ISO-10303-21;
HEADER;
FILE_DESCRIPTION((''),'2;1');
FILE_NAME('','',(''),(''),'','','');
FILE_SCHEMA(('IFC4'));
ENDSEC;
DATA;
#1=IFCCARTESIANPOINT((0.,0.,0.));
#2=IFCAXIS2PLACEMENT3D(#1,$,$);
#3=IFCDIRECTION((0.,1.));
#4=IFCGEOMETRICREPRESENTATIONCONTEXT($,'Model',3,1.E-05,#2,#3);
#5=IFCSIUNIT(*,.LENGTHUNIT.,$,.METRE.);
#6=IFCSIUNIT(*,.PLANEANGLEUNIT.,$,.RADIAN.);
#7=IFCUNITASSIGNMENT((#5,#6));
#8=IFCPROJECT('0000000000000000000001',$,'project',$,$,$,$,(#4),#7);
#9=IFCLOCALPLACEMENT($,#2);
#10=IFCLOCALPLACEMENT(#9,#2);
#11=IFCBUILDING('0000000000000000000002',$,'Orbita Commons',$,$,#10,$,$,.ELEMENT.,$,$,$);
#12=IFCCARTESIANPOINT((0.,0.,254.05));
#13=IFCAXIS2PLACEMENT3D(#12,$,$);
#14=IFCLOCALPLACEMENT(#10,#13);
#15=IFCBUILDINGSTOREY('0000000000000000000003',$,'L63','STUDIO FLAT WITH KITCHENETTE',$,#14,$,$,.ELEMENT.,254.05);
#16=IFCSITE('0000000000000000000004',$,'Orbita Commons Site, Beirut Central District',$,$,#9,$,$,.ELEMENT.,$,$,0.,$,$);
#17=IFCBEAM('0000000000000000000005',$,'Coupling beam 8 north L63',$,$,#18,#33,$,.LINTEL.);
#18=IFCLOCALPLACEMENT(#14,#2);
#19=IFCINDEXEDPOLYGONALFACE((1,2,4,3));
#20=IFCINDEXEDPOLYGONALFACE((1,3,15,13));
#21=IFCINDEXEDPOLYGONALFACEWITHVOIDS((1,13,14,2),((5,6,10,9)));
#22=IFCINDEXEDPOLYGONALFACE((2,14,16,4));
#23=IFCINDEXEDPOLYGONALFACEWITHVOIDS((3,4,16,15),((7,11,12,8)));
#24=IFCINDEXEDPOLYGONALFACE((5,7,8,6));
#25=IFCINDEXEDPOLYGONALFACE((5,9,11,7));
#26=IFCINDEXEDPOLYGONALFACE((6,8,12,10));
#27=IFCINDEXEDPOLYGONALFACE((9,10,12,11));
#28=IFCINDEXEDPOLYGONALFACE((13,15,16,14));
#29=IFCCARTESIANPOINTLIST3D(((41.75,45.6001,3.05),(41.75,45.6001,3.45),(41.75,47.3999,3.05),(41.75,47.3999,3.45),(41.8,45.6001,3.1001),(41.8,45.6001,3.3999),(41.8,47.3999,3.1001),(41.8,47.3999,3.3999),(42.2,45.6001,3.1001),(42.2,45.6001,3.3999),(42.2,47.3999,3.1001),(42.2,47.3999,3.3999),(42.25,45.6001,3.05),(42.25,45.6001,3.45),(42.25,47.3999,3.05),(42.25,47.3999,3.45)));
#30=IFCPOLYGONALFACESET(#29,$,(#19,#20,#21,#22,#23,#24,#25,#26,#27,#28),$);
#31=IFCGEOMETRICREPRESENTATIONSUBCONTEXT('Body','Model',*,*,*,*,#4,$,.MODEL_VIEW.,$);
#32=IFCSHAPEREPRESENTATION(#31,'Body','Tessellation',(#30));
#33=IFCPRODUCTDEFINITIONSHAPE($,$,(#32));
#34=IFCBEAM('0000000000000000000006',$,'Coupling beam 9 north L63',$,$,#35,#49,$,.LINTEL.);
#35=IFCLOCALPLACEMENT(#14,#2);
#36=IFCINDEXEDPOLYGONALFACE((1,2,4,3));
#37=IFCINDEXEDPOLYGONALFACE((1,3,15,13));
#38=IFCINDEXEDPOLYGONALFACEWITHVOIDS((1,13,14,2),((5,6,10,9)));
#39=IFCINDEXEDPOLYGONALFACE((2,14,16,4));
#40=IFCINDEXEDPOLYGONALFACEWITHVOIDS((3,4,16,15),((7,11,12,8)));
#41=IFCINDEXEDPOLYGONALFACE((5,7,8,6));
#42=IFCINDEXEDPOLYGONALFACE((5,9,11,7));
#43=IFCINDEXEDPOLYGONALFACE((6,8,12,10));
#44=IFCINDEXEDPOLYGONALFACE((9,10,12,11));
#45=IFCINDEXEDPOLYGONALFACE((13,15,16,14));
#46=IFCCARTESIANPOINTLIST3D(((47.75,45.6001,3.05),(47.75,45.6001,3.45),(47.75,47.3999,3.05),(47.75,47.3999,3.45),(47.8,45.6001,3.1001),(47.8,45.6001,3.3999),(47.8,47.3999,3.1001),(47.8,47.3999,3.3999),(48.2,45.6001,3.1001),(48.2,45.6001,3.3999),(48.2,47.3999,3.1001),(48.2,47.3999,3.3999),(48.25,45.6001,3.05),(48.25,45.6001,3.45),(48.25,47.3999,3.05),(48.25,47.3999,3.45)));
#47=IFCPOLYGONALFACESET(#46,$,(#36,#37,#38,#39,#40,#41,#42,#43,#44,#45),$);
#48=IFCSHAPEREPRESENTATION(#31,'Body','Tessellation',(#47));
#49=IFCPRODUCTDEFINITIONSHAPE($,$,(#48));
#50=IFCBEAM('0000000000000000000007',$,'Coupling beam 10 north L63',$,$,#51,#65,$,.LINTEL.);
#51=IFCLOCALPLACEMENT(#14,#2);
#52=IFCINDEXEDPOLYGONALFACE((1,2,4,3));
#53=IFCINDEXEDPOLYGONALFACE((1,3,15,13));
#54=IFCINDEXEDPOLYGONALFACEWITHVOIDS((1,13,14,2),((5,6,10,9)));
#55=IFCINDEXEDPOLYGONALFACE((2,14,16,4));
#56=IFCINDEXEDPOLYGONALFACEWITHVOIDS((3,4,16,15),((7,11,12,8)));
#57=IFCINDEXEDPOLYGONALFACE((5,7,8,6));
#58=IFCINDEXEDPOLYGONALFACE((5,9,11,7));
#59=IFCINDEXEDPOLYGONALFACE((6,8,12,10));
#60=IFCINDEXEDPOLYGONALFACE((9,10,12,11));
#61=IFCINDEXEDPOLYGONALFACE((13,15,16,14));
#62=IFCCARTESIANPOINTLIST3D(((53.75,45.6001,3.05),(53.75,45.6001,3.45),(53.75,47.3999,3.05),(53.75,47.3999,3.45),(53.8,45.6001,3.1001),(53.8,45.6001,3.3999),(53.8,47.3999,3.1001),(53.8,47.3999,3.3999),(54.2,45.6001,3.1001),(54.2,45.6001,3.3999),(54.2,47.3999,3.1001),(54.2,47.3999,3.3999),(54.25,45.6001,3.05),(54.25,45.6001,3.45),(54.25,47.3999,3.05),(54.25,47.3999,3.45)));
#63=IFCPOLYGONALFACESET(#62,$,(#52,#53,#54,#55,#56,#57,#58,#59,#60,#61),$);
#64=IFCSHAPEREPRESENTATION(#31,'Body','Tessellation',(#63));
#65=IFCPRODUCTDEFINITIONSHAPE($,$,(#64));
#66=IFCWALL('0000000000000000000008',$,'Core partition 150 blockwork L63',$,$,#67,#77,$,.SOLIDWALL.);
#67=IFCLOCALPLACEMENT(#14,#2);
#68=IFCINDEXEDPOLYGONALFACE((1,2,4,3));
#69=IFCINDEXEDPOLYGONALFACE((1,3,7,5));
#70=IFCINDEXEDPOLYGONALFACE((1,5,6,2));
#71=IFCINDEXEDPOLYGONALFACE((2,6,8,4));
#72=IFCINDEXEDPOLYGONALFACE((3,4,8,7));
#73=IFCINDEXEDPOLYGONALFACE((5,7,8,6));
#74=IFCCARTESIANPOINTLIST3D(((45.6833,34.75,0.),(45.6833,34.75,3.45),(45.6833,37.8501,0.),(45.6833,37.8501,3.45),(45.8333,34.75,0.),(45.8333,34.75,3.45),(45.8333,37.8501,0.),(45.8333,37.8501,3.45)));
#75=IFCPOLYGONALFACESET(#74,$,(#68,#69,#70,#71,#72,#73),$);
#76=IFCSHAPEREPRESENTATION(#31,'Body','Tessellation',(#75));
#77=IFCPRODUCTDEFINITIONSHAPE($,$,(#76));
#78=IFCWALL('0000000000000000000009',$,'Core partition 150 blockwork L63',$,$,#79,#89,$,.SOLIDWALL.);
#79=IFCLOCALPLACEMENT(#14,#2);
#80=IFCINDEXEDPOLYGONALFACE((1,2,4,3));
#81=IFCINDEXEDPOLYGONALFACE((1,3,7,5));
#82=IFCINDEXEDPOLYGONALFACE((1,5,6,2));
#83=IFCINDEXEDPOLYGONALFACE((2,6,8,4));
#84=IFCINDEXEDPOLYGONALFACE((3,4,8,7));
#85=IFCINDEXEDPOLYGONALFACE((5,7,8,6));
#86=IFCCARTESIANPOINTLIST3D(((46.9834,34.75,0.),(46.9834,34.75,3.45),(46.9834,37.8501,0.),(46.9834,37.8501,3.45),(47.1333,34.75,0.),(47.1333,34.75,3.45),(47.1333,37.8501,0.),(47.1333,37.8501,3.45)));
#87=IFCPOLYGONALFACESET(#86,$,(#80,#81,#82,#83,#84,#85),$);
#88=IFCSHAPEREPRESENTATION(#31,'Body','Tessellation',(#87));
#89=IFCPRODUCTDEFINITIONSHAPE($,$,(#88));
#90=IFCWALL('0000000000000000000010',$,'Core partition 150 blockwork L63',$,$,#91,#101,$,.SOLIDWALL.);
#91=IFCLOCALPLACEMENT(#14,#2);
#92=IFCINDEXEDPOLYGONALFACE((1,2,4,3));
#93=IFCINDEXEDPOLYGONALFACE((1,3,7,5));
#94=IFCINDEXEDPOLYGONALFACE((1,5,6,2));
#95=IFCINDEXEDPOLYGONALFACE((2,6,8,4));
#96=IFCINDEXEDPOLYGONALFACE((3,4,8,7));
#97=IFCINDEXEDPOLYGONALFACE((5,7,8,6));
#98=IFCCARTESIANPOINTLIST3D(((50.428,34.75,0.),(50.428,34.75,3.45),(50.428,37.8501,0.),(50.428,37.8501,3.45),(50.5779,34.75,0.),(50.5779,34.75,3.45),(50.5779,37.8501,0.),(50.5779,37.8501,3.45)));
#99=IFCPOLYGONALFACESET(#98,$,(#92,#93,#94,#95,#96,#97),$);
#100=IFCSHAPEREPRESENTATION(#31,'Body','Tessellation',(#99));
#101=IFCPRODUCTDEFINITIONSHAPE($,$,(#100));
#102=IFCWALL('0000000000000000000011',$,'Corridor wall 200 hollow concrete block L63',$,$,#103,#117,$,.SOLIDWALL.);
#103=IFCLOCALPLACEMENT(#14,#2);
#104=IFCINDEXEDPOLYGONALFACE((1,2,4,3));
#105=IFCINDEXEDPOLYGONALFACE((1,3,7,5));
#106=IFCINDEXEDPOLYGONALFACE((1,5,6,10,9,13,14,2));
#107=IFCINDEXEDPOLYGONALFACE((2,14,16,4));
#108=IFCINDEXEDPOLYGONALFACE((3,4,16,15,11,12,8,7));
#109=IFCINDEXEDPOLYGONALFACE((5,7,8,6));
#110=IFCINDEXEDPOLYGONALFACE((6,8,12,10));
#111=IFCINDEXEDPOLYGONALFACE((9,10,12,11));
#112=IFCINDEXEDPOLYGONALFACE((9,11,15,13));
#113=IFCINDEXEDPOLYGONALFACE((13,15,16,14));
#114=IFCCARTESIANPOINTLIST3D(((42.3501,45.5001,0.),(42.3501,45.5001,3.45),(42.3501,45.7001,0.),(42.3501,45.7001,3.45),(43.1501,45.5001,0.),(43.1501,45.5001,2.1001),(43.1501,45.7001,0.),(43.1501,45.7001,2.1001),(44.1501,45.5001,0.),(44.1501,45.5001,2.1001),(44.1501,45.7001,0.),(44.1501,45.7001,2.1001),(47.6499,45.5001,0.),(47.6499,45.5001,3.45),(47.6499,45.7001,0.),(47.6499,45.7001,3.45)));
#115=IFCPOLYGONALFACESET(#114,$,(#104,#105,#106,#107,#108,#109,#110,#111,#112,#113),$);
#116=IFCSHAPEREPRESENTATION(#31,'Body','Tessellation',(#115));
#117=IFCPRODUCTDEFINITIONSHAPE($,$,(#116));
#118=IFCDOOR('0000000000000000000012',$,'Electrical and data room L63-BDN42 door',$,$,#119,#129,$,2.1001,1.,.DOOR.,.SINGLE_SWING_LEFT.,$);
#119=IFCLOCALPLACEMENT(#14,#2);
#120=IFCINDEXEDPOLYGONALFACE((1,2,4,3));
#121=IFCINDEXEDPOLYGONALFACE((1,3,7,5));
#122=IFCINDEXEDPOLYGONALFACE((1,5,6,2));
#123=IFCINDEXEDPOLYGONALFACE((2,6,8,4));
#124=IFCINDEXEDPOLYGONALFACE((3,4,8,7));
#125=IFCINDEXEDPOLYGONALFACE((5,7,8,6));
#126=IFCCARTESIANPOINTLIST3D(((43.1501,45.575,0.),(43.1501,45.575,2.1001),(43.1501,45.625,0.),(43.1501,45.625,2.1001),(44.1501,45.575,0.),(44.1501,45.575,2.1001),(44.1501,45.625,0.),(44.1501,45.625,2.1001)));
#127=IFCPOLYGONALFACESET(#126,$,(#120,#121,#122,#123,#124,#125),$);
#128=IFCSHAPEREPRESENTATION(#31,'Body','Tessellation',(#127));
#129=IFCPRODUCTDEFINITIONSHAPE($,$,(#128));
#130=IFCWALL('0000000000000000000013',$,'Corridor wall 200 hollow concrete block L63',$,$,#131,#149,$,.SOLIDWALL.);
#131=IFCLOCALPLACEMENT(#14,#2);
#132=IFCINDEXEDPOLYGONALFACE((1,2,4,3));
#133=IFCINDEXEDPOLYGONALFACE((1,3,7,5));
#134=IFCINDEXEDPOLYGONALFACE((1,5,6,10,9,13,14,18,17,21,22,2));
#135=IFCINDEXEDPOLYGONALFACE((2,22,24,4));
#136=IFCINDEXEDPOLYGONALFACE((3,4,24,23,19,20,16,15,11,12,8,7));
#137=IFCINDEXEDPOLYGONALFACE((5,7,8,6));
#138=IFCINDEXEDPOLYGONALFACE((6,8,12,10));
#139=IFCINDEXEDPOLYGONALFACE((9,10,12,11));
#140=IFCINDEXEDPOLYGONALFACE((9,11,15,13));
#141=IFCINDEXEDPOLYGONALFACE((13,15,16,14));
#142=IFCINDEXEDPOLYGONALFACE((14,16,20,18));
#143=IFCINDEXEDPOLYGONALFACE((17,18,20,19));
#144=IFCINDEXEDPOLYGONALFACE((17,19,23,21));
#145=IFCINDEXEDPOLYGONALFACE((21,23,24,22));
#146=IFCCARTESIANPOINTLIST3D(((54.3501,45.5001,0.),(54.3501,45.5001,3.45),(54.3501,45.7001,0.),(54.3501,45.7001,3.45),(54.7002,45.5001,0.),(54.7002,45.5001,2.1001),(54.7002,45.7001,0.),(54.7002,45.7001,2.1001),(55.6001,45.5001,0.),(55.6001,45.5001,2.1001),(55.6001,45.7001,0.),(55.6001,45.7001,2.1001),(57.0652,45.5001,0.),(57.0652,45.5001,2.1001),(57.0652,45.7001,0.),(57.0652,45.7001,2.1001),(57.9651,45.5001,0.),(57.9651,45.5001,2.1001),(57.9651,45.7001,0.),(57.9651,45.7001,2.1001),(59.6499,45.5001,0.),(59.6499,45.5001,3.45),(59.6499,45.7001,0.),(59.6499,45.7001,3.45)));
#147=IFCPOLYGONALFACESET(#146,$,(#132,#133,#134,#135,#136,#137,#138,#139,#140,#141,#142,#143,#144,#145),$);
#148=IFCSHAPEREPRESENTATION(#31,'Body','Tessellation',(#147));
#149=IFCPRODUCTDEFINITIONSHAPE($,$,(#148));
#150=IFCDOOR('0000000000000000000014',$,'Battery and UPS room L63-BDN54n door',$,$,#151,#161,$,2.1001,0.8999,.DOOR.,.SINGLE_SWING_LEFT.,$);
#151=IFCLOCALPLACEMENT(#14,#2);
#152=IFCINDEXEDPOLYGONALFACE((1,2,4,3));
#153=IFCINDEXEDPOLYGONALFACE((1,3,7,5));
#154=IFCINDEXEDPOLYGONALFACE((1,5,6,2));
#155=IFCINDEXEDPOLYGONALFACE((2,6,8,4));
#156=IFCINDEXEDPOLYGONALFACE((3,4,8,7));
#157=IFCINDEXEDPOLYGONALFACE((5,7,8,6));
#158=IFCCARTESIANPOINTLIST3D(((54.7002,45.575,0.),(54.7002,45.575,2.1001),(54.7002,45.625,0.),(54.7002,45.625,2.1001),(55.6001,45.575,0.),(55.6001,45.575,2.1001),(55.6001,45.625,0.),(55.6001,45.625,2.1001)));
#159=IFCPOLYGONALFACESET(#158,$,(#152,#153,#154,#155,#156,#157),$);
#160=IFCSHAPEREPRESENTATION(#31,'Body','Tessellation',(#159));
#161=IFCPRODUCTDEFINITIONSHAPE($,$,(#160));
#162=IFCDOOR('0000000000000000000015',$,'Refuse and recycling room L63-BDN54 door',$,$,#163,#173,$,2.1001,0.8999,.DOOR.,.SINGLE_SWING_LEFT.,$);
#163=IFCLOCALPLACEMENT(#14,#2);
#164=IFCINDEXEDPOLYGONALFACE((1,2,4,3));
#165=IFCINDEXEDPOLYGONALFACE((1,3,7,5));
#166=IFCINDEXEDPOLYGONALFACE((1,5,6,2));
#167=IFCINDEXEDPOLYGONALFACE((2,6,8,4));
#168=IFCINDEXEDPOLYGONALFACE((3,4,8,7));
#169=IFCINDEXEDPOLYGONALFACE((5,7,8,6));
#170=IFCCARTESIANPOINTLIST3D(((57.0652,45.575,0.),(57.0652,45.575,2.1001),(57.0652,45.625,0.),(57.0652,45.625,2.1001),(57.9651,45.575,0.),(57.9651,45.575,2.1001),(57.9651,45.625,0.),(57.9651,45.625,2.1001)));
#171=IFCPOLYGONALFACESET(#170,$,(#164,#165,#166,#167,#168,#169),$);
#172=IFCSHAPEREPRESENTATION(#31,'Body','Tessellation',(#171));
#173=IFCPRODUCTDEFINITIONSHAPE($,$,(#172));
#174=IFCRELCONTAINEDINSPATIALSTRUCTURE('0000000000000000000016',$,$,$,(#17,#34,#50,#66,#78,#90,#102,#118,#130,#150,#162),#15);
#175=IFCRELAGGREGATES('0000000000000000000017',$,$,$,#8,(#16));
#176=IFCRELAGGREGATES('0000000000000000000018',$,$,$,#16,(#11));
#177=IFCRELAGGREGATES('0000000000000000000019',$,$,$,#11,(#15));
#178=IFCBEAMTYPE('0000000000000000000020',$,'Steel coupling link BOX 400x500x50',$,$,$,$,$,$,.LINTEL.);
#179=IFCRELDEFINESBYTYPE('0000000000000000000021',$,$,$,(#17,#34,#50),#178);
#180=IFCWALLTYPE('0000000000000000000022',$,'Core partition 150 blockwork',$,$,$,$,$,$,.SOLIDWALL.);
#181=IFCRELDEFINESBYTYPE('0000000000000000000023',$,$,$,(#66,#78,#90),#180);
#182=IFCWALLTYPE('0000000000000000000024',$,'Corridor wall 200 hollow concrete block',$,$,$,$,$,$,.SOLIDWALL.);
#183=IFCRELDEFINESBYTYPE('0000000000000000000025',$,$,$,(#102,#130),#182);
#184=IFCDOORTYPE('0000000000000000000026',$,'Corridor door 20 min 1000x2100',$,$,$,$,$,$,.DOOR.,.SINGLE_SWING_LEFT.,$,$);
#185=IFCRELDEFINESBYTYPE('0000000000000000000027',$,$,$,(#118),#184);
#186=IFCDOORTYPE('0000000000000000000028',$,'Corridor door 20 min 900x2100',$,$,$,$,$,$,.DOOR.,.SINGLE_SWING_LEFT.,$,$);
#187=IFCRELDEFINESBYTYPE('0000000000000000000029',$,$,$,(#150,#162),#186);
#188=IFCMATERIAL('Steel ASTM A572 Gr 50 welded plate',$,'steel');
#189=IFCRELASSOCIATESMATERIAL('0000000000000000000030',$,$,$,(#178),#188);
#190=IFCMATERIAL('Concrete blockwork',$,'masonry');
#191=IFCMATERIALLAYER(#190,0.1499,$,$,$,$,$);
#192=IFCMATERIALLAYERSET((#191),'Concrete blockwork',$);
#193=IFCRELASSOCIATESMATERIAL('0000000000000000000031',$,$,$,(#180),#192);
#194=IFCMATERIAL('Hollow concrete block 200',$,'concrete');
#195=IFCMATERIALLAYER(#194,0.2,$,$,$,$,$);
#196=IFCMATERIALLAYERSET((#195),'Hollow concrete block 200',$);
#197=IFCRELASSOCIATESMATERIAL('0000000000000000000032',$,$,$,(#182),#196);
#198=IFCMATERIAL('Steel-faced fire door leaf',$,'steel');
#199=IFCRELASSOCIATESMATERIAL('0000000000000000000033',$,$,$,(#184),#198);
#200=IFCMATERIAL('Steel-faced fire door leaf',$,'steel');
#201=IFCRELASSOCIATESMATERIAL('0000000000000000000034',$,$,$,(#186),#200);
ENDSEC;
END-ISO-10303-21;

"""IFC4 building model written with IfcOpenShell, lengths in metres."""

from ifc_helpers import new_model, si_unit, direction, frame, frame_2d, origin, origin_2d, place, context, subcontext, project, spatial, rectangle, hollow_rectangle, extrude, material, layer, layer_set, material_profile, profile_set, type_object, element, fill, save


model = new_model("IFC4")

# Units and contexts
model_context = context("Model", 3, precision=1e-05, world=origin(), true_north=direction((0.0, 1.0)))
body_context = subcontext(model_context, "Body", "Model", "MODEL_VIEW")
ifc_project = project(units=[si_unit("LENGTHUNIT", "METRE"), si_unit("PLANEANGLEUNIT", "RADIAN")], contexts=[model_context])

# Site, building, storey
site_placement = place(None, origin())
site = spatial("IfcSite", under=ifc_project, at=site_placement, Name="Orbita Commons Site, Beirut Central District", CompositionType="ELEMENT", RefElevation=0.0)
building_placement = place(site_placement, origin())
building = spatial("IfcBuilding", under=site, at=building_placement, Name="Orbita Commons", CompositionType="ELEMENT")
storey_placement = place(building_placement, frame((0.0, 0.0, 254.05)))
storey = spatial("IfcBuildingStorey", under=building, at=storey_placement, Name="L63", Description="STUDIO FLAT WITH KITCHENETTE", CompositionType="ELEMENT", Elevation=254.05)

# Beams
ifc_material_1 = material(Name="Steel ASTM A572 Gr 50 welded plate", Category="steel")
ifc_material_profile = material_profile(ifc_material_1, hollow_rectangle(XDim=0.5, YDim=0.3999, WallThickness=0.05, at=origin_2d()), Name="BOX 400x500x50")
ifc_profile_set = profile_set([ifc_material_profile], Name="Steel ASTM A572 Gr 50 welded plate")
beam_type = type_object("IfcBeamType", Name="Steel coupling link BOX 400x500x50", PredefinedType="LINTEL", material=ifc_profile_set)
for number, where, z_axis, x_axis, name in (
    (1, (42.0, 45.6001, 3.25), (0.0, 1.0, 0.0), (-1.0, 0.0, 0.0), "Coupling beam 8 north L63"),
    (2, (48.0, 45.6001, 3.25), (0.0, 1.0, 0.0), (-1.0, 0.0, 0.0), "Coupling beam 9 north L63"),
    (3, (54.0, 45.6001, 3.25), (0.0, 1.0, 0.0), (-1.0, 0.0, 0.0), "Coupling beam 10 north L63"),
):
    element("IfcBeam", number, at=place(storey_placement, frame(where, z_axis=z_axis, x_axis=x_axis)), inside=storey, type_object=beam_type, Name=name, PredefinedType="LINTEL", context=body_context, shape_type="SweptSolid", body=[
        extrude(hollow_rectangle(XDim=0.5, YDim=0.3999, WallThickness=0.05, at=origin_2d()), origin(), (0.0, 0.0, 1.0), 1.7998),
    ])

# Walls
ifc_material_2 = material(Name="Concrete blockwork", Category="masonry")
ifc_layer_1 = layer(ifc_material_2, 0.1499)
ifc_layer_set_1 = layer_set([ifc_layer_1], Name="Concrete blockwork")
wall_type_1 = type_object("IfcWallType", Name="Core partition 150 blockwork", PredefinedType="SOLIDWALL", material=ifc_layer_set_1)
for number, where, z_axis, x_axis, name in (
    (4, (45.7583, 34.75, 0.0), (0.0, 0.0, 1.0), (0.0, 1.0, 0.0), "Core partition 150 blockwork L63"),
    (5, (47.0583, 34.75, 0.0), (0.0, 0.0, 1.0), (0.0, 1.0, 0.0), "Core partition 150 blockwork L63"),
    (6, (50.5029, 34.75, 0.0), (0.0, 0.0, 1.0), (0.0, 1.0, 0.0), "Core partition 150 blockwork L63"),
):
    element("IfcWall", number, at=place(storey_placement, frame(where, z_axis=z_axis, x_axis=x_axis)), inside=storey, type_object=wall_type_1, Name=name, PredefinedType="SOLIDWALL", context=body_context, shape_type="SweptSolid", body=[
        extrude(rectangle(XDim=3.1001, YDim=0.1499, at=frame_2d((1.55, 0.0))), origin(), (0.0, 0.0, 1.0), 3.45),
    ])

# Wall, opening, door
ifc_material_3 = material(Name="Hollow concrete block 200", Category="concrete")
ifc_layer_2 = layer(ifc_material_3, 0.2)
ifc_layer_set_2 = layer_set([ifc_layer_2], Name="Hollow concrete block 200")
wall_type_2 = type_object("IfcWallType", Name="Corridor wall 200 hollow concrete block", PredefinedType="SOLIDWALL", material=ifc_layer_set_2)
wall_1_placement = place(storey_placement, frame((42.3501, 45.6001, 0.0), z_axis=(0.0, 0.0, 1.0), x_axis=(1.0, 0.0, 0.0)))
wall_1 = element("IfcWall", 7, at=wall_1_placement, inside=storey, type_object=wall_type_2, Name="Corridor wall 200 hollow concrete block L63", PredefinedType="SOLIDWALL", context=body_context, shape_type="SweptSolid", body=[
    extrude(rectangle(XDim=5.2998, YDim=0.2, at=frame_2d((2.6499, 0.0))), origin(), (0.0, 0.0, 1.0), 3.45),
])
opening_1_placement = place(wall_1_placement, frame((0.8, 0.0, 0.0)))
opening_1 = element("IfcOpeningElement", 8, at=opening_1_placement, cuts=wall_1, PredefinedType="OPENING", context=body_context, shape_type="SweptSolid", body=[
    extrude(rectangle(XDim=1.0, YDim=2.1001, at=frame_2d((0.5, 1.05))), frame((0.0, 0.1099, 0.0), z_axis=(0.0, -1.0, 0.0), x_axis=(1.0, 0.0, 0.0)), (0.0, 0.0, 1.0), 0.22),
])
ifc_material_4 = material(Name="Steel-faced fire door leaf", Category="steel")
door_type_1 = type_object("IfcDoorType", Name="Corridor door 20 min 1000x2100", OperationType="SINGLE_SWING_LEFT", PredefinedType="DOOR", material=ifc_material_4)
door_1_placement = place(opening_1_placement, origin())
door_1 = element("IfcDoor", 9, at=door_1_placement, inside=storey, type_object=door_type_1, Name="Electrical and data room L63-BDN42 door", OperationType="SINGLE_SWING_LEFT", OverallHeight=2.1001, OverallWidth=1.0, PredefinedType="DOOR", context=body_context, shape_type="SweptSolid", body=[
    extrude(rectangle(XDim=1.0, YDim=2.1001, at=frame_2d((0.5, 1.05))), frame((0.0, 0.0249, 0.0), z_axis=(0.0, -1.0, 0.0), x_axis=(1.0, 0.0, 0.0)), (0.0, 0.0, 1.0), 0.05),
])
fill(opening_1, door_1)

# Wall, openings, doors
wall_2_placement = place(storey_placement, frame((54.3501, 45.6001, 0.0), z_axis=(0.0, 0.0, 1.0), x_axis=(1.0, 0.0, 0.0)))
wall_2 = element("IfcWall", 10, at=wall_2_placement, inside=storey, type_object=wall_type_2, Name="Corridor wall 200 hollow concrete block L63", PredefinedType="SOLIDWALL", context=body_context, shape_type="SweptSolid", body=[
    extrude(rectangle(XDim=5.2998, YDim=0.2, at=frame_2d((2.6499, 0.0))), origin(), (0.0, 0.0, 1.0), 3.45),
])
opening_2_placement = place(wall_2_placement, frame((0.3501, 0.0, 0.0)))
opening_2 = element("IfcOpeningElement", 11, at=opening_2_placement, cuts=wall_2, PredefinedType="OPENING", context=body_context, shape_type="SweptSolid", body=[
    extrude(rectangle(XDim=0.8999, YDim=2.1001, at=frame_2d((0.45, 1.05))), frame((0.0, 0.1099, 0.0), z_axis=(0.0, -1.0, 0.0), x_axis=(1.0, 0.0, 0.0)), (0.0, 0.0, 1.0), 0.22),
])
opening_3_placement = place(wall_2_placement, frame((2.7151, 0.0, 0.0)))
opening_3 = element("IfcOpeningElement", 12, at=opening_3_placement, cuts=wall_2, PredefinedType="OPENING", context=body_context, shape_type="SweptSolid", body=[
    extrude(rectangle(XDim=0.8999, YDim=2.1001, at=frame_2d((0.45, 1.05))), frame((0.0, 0.1099, 0.0), z_axis=(0.0, -1.0, 0.0), x_axis=(1.0, 0.0, 0.0)), (0.0, 0.0, 1.0), 0.22),
])
ifc_material_5 = material(Name="Steel-faced fire door leaf", Category="steel")
door_type_2 = type_object("IfcDoorType", Name="Corridor door 20 min 900x2100", OperationType="SINGLE_SWING_LEFT", PredefinedType="DOOR", material=ifc_material_5)
door_2_placement = place(opening_2_placement, origin())
door_2 = element("IfcDoor", 13, at=door_2_placement, inside=storey, type_object=door_type_2, Name="Battery and UPS room L63-BDN54n door", OperationType="SINGLE_SWING_LEFT", OverallHeight=2.1001, OverallWidth=0.8999, PredefinedType="DOOR", context=body_context, shape_type="SweptSolid", body=[
    extrude(rectangle(XDim=0.8999, YDim=2.1001, at=frame_2d((0.45, 1.05))), frame((0.0, 0.0249, 0.0), z_axis=(0.0, -1.0, 0.0), x_axis=(1.0, 0.0, 0.0)), (0.0, 0.0, 1.0), 0.05),
])
fill(opening_2, door_2)
door_3_placement = place(opening_3_placement, origin())
door_3 = element("IfcDoor", 14, at=door_3_placement, inside=storey, type_object=door_type_2, Name="Refuse and recycling room L63-BDN54 door", OperationType="SINGLE_SWING_LEFT", OverallHeight=2.1001, OverallWidth=0.8999, PredefinedType="DOOR", context=body_context, shape_type="SweptSolid", body=[
    extrude(rectangle(XDim=0.8999, YDim=2.1001, at=frame_2d((0.45, 1.05))), frame((0.0, 0.0249, 0.0), z_axis=(0.0, -1.0, 0.0), x_axis=(1.0, 0.0, 0.0)), (0.0, 0.0, 1.0), 0.05),
])
fill(opening_3, door_3)

save(model, "model.ifc")
